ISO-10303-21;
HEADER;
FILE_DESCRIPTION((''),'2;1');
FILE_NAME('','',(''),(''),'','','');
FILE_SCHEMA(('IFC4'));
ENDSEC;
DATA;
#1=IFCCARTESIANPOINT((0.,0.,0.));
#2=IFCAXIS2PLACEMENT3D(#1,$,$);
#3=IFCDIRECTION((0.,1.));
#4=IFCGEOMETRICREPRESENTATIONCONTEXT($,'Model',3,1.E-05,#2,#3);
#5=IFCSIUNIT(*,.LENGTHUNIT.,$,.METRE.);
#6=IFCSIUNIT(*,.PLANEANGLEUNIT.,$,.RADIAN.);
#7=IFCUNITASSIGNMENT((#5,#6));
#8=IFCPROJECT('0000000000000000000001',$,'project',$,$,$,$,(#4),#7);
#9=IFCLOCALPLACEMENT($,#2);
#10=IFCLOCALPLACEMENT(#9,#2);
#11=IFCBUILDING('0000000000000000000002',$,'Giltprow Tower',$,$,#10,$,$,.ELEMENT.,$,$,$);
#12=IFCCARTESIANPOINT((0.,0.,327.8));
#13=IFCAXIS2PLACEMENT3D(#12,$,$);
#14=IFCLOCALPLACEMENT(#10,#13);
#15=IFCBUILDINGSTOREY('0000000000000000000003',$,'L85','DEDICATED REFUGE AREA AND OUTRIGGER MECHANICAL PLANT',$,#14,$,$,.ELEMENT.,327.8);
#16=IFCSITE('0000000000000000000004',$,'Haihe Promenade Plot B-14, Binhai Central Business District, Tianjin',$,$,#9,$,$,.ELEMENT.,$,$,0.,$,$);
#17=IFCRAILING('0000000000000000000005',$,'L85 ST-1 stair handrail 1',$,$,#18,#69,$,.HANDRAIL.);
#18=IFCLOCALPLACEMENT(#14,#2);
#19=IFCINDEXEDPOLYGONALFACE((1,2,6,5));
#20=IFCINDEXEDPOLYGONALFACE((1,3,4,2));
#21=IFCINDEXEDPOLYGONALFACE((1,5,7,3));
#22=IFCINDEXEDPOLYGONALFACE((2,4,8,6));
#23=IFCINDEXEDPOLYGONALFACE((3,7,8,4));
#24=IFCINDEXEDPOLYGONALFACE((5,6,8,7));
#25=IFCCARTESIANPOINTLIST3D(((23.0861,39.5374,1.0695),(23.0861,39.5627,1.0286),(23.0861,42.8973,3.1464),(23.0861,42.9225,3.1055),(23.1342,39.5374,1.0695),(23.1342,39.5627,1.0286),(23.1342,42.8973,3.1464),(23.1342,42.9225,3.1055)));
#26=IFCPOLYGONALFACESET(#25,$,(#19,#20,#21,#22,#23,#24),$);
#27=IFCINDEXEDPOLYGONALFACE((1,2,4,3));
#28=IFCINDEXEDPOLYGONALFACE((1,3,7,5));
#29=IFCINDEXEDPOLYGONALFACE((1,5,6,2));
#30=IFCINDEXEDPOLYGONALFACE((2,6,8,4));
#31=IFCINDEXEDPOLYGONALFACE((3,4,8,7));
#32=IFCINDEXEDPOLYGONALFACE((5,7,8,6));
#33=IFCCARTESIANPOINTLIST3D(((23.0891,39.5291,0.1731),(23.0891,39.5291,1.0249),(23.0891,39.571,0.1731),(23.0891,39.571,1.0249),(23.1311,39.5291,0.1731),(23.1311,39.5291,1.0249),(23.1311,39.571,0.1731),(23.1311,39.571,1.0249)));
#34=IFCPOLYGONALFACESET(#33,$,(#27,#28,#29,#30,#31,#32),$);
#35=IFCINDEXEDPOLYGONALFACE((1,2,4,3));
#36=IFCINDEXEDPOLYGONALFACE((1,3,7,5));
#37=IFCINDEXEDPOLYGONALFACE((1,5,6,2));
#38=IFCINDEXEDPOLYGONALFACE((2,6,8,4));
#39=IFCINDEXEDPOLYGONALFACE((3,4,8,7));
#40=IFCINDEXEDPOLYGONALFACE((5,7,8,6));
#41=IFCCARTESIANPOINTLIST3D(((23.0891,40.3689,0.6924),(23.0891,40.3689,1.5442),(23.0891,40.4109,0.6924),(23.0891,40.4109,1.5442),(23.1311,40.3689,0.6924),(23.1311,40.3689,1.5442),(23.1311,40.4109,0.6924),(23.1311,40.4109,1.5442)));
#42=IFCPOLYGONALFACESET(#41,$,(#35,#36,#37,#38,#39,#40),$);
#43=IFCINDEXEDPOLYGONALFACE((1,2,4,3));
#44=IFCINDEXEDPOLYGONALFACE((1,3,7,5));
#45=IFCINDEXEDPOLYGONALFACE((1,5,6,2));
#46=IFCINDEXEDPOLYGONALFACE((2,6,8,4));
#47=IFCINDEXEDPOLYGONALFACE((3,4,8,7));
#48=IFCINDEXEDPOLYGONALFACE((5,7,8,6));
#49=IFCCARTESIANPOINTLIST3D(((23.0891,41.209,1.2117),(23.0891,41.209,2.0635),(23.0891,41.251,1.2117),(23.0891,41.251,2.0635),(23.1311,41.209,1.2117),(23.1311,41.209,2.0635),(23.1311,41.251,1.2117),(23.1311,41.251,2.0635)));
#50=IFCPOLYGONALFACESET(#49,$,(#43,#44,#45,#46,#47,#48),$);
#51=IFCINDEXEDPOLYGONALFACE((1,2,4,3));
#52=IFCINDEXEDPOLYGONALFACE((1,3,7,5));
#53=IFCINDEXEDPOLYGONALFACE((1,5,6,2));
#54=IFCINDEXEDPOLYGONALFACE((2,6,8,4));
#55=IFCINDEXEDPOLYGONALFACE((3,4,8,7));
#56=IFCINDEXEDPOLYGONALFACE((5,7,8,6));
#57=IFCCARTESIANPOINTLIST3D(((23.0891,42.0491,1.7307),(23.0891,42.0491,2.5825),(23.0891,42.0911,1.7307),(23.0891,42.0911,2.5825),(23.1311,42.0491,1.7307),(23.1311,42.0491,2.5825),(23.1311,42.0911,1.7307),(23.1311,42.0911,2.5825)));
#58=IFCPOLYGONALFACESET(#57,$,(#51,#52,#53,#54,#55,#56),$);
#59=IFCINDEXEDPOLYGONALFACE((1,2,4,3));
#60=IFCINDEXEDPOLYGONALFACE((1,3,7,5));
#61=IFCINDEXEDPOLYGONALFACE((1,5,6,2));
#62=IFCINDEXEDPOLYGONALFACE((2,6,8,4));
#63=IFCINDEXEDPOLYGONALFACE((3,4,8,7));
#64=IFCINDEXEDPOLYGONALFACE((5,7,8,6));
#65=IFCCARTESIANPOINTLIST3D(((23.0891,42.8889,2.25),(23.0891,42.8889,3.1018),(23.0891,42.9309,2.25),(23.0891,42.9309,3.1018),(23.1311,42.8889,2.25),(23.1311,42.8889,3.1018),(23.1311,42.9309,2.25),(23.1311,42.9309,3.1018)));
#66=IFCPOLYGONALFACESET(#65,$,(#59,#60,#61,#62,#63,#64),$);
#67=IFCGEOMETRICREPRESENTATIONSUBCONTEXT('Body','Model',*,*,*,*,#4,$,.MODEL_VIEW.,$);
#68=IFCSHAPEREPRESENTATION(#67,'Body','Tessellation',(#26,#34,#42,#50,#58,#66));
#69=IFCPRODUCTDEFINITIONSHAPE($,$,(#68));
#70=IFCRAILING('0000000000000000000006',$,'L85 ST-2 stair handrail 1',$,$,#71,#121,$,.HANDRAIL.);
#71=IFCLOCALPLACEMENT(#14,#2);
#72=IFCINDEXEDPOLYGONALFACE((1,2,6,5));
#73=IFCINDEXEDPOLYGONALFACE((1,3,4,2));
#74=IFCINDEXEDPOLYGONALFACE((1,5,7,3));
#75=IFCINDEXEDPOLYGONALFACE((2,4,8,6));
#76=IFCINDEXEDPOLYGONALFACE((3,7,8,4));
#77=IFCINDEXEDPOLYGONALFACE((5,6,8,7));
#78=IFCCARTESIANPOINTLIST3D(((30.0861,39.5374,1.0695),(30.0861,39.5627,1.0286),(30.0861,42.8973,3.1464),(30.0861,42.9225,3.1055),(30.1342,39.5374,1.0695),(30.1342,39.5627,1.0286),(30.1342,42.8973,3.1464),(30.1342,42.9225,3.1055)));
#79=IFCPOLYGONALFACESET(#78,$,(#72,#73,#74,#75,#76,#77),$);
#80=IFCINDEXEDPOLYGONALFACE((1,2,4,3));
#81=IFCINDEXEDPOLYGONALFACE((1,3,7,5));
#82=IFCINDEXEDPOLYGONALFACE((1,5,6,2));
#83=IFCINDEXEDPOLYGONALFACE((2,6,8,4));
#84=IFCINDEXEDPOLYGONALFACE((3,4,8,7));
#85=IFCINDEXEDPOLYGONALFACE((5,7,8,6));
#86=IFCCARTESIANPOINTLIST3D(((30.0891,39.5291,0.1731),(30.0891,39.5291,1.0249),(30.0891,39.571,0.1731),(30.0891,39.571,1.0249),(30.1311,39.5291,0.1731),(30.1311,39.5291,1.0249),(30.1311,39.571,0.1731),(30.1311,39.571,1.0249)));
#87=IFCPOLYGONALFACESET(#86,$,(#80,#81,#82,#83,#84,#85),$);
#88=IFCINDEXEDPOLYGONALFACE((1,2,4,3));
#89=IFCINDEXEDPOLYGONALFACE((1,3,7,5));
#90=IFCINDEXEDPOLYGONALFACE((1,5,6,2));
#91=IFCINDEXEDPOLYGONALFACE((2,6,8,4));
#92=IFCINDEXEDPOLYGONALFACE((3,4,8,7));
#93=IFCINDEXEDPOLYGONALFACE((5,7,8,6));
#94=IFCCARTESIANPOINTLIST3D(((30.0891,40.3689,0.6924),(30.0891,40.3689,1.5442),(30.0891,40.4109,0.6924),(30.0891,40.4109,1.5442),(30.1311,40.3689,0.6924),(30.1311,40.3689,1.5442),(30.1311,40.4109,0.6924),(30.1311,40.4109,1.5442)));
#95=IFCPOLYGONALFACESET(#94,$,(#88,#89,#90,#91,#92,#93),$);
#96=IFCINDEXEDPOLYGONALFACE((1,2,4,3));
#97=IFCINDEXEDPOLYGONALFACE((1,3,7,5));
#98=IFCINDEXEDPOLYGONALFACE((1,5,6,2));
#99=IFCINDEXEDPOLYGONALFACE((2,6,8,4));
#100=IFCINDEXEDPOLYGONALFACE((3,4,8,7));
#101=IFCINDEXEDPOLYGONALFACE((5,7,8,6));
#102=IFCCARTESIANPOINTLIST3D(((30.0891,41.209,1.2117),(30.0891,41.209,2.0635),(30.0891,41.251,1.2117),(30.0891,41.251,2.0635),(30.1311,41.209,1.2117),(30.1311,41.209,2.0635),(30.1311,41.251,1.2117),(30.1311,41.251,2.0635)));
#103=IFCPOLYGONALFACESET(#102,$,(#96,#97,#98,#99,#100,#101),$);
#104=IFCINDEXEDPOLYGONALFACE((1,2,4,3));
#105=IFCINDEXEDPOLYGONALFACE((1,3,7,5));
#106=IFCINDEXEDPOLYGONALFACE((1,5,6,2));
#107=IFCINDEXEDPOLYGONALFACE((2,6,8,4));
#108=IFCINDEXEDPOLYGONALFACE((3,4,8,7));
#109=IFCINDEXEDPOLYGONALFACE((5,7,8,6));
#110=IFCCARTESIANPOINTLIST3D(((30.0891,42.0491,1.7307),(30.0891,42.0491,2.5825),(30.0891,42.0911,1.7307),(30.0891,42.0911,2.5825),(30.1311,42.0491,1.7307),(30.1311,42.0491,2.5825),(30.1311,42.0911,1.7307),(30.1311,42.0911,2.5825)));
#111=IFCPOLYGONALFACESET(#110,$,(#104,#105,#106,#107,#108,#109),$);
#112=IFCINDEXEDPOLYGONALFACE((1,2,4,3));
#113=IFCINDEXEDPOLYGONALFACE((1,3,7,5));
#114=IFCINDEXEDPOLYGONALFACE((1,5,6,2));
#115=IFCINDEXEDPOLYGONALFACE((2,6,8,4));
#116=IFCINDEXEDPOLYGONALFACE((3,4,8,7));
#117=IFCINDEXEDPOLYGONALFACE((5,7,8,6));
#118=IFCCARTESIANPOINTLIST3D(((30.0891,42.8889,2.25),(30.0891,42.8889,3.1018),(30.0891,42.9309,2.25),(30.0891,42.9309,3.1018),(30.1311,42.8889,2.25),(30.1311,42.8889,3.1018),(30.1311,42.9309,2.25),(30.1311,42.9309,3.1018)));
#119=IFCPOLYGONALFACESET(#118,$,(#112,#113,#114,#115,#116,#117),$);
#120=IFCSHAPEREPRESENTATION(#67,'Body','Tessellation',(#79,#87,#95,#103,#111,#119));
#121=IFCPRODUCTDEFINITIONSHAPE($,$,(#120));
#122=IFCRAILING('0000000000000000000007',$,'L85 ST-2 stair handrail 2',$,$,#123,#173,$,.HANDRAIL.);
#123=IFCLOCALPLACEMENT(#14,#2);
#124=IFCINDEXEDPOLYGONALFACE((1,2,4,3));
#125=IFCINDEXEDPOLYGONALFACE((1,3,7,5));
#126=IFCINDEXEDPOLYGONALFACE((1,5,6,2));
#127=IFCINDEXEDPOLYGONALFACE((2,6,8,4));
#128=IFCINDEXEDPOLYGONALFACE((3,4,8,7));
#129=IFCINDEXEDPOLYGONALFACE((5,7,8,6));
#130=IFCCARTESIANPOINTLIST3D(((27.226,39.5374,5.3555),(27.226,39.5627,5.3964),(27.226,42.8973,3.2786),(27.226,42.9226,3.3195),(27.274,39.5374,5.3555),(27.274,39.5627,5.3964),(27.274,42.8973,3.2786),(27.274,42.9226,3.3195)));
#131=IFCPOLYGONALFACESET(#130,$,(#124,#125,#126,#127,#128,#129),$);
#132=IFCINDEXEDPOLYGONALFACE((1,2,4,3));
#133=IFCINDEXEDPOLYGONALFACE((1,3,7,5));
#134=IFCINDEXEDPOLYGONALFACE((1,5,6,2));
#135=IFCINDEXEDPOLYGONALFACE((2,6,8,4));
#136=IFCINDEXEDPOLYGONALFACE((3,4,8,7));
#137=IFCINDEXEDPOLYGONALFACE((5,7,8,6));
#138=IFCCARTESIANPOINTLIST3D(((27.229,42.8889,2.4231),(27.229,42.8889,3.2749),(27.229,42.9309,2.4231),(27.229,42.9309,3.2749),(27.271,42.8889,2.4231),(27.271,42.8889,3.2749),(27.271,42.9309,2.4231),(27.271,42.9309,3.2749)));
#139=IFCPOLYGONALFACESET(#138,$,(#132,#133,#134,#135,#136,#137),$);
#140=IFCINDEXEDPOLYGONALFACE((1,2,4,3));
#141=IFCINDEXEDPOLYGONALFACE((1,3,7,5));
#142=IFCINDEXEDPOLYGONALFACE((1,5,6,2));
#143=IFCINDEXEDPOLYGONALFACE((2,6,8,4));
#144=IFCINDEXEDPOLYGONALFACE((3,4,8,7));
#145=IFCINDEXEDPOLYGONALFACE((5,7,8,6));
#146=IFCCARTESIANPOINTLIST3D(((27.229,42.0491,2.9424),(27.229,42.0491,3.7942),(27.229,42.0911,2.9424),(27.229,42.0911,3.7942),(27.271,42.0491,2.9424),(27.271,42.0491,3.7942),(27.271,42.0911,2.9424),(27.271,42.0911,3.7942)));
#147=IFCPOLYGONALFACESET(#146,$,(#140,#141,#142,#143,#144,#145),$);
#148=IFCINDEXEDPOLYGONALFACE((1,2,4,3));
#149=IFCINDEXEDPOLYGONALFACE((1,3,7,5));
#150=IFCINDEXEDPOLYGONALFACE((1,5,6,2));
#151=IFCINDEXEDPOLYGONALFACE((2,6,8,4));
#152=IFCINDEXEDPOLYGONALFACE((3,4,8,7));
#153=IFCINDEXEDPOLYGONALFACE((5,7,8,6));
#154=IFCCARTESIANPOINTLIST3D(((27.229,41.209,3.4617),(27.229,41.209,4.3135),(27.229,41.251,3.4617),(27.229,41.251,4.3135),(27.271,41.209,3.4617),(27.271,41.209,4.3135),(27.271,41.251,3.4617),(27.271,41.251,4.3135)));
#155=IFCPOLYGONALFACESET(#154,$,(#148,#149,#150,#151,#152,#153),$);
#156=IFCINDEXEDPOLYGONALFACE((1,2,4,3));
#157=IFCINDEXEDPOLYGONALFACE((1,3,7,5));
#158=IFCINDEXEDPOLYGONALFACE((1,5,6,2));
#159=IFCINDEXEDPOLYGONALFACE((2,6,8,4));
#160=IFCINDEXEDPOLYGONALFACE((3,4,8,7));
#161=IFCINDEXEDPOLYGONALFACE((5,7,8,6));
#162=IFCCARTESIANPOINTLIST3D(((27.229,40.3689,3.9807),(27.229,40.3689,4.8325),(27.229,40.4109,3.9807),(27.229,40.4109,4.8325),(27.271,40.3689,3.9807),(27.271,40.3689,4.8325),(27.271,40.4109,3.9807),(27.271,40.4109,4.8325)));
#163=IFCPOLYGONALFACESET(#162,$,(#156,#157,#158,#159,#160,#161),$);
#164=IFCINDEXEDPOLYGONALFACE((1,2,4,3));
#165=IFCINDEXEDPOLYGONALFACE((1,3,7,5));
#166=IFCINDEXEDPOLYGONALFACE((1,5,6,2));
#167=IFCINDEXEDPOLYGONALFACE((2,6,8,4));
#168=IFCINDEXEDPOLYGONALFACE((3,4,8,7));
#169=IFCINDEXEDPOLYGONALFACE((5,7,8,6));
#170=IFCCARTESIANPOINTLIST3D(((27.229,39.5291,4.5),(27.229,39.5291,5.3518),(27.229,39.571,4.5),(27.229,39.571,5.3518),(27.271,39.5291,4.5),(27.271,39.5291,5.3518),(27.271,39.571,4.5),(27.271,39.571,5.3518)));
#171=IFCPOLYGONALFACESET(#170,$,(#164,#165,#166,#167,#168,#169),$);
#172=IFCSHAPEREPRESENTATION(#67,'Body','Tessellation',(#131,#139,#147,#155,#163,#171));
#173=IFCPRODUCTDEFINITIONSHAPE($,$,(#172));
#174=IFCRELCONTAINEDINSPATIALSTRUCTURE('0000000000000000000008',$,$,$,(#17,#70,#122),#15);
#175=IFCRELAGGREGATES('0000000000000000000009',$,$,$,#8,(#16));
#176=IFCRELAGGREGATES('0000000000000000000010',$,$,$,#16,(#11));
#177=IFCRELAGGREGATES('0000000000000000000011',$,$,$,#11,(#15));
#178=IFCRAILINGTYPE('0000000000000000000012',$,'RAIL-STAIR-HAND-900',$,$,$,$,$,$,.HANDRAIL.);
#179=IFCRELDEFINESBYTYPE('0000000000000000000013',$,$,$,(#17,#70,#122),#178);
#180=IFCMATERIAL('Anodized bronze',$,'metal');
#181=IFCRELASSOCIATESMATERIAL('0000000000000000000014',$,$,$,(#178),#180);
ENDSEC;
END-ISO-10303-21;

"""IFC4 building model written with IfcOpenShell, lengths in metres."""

from ifc_helpers import new_model, si_unit, direction, frame, origin, origin_2d, place, context, subcontext, project, spatial, rectangle, extrude, material, type_object, element, save


model = new_model("IFC4")

# Units and contexts
model_context = context("Model", 3, precision=1e-05, world=origin(), true_north=direction((0.0, 1.0)))
body_context = subcontext(model_context, "Body", "Model", "MODEL_VIEW")
ifc_project = project(units=[si_unit("LENGTHUNIT", "METRE"), si_unit("PLANEANGLEUNIT", "RADIAN")], contexts=[model_context])

# Site, building, storey
site_placement = place(None, origin())
site = spatial("IfcSite", under=ifc_project, at=site_placement, Name="Haihe Promenade Plot B-14, Binhai Central Business District, Tianjin", CompositionType="ELEMENT", RefElevation=0.0)
building_placement = place(site_placement, origin())
building = spatial("IfcBuilding", under=site, at=building_placement, Name="Giltprow Tower", CompositionType="ELEMENT")
storey_placement = place(building_placement, frame((0.0, 0.0, 327.8)))
storey = spatial("IfcBuildingStorey", under=building, at=storey_placement, Name="L85", Description="DEDICATED REFUGE AREA AND OUTRIGGER MECHANICAL PLANT", CompositionType="ELEMENT", Elevation=327.8)

# Railings
ifc_material_1 = material(Name="Anodized bronze", Category="metal")
railing_type_1 = type_object("IfcRailingType", Name="RAIL-STAIR-HAND-900", PredefinedType="HANDRAIL", material=ifc_material_1)
for number, where, name in (
    (1, (23.1101, 39.55, 0.1731), "L85 ST-1 stair handrail 1"),
    (2, (30.1101, 39.55, 0.1731), "L85 ST-2 stair handrail 1"),
):
    element("IfcRailing", number, at=place(storey_placement, frame(where)), inside=storey, type_object=railing_type_1, Name=name, PredefinedType="HANDRAIL", context=body_context, shape_type="SweptSolid", body=[
        extrude(rectangle(XDim=0.0481, YDim=0.0481, at=origin_2d()), frame((0.0, 0.0, 0.876), z_axis=(0.0, 0.850606, 0.525803), x_axis=(-1.0, 0.0, 0.0)), (0.0, 0.0, 1.0), 3.95),
        extrude(rectangle(XDim=0.042, YDim=0.042, at=origin_2d()), origin(), (0.0, 0.0, 1.0), 0.8518),
        extrude(rectangle(XDim=0.042, YDim=0.042, at=origin_2d()), frame((0.0, 0.8398, 0.5193)), (0.0, 0.0, 1.0), 0.8518),
        extrude(rectangle(XDim=0.042, YDim=0.042, at=origin_2d()), frame((0.0, 1.6799, 1.0386)), (0.0, 0.0, 1.0), 0.8518),
        extrude(rectangle(XDim=0.042, YDim=0.042, at=origin_2d()), frame((0.0, 2.52, 1.5576)), (0.0, 0.0, 1.0), 0.8518),
        extrude(rectangle(XDim=0.042, YDim=0.042, at=origin_2d()), frame((0.0, 3.3599, 2.0769)), (0.0, 0.0, 1.0), 0.8518),
    ])
railing_1_placement = place(storey_placement, frame((27.25, 42.9099, 2.4231)))
element("IfcRailing", 3, at=railing_1_placement, inside=storey, type_object=railing_type_1, Name="L85 ST-2 stair handrail 2", PredefinedType="HANDRAIL", context=body_context, shape_type="SweptSolid", body=[
    extrude(rectangle(XDim=0.0481, YDim=0.0481, at=origin_2d()), frame((0.0, 0.0, 0.876), z_axis=(0.0, -0.850606, 0.525803), x_axis=(1.0, 0.0, 0.0)), (0.0, 0.0, 1.0), 3.95),
    extrude(rectangle(XDim=0.042, YDim=0.042, at=origin_2d()), origin(), (0.0, 0.0, 1.0), 0.8518),
    extrude(rectangle(XDim=0.042, YDim=0.042, at=origin_2d()), frame((0.0, -0.8398, 0.5193)), (0.0, 0.0, 1.0), 0.8518),
    extrude(rectangle(XDim=0.042, YDim=0.042, at=origin_2d()), frame((0.0, -1.6799, 1.0386)), (0.0, 0.0, 1.0), 0.8518),
    extrude(rectangle(XDim=0.042, YDim=0.042, at=origin_2d()), frame((0.0, -2.52, 1.5576)), (0.0, 0.0, 1.0), 0.8518),
    extrude(rectangle(XDim=0.042, YDim=0.042, at=origin_2d()), frame((0.0, -3.3599, 2.0769)), (0.0, 0.0, 1.0), 0.8518),
])

save(model, "model.ifc")
